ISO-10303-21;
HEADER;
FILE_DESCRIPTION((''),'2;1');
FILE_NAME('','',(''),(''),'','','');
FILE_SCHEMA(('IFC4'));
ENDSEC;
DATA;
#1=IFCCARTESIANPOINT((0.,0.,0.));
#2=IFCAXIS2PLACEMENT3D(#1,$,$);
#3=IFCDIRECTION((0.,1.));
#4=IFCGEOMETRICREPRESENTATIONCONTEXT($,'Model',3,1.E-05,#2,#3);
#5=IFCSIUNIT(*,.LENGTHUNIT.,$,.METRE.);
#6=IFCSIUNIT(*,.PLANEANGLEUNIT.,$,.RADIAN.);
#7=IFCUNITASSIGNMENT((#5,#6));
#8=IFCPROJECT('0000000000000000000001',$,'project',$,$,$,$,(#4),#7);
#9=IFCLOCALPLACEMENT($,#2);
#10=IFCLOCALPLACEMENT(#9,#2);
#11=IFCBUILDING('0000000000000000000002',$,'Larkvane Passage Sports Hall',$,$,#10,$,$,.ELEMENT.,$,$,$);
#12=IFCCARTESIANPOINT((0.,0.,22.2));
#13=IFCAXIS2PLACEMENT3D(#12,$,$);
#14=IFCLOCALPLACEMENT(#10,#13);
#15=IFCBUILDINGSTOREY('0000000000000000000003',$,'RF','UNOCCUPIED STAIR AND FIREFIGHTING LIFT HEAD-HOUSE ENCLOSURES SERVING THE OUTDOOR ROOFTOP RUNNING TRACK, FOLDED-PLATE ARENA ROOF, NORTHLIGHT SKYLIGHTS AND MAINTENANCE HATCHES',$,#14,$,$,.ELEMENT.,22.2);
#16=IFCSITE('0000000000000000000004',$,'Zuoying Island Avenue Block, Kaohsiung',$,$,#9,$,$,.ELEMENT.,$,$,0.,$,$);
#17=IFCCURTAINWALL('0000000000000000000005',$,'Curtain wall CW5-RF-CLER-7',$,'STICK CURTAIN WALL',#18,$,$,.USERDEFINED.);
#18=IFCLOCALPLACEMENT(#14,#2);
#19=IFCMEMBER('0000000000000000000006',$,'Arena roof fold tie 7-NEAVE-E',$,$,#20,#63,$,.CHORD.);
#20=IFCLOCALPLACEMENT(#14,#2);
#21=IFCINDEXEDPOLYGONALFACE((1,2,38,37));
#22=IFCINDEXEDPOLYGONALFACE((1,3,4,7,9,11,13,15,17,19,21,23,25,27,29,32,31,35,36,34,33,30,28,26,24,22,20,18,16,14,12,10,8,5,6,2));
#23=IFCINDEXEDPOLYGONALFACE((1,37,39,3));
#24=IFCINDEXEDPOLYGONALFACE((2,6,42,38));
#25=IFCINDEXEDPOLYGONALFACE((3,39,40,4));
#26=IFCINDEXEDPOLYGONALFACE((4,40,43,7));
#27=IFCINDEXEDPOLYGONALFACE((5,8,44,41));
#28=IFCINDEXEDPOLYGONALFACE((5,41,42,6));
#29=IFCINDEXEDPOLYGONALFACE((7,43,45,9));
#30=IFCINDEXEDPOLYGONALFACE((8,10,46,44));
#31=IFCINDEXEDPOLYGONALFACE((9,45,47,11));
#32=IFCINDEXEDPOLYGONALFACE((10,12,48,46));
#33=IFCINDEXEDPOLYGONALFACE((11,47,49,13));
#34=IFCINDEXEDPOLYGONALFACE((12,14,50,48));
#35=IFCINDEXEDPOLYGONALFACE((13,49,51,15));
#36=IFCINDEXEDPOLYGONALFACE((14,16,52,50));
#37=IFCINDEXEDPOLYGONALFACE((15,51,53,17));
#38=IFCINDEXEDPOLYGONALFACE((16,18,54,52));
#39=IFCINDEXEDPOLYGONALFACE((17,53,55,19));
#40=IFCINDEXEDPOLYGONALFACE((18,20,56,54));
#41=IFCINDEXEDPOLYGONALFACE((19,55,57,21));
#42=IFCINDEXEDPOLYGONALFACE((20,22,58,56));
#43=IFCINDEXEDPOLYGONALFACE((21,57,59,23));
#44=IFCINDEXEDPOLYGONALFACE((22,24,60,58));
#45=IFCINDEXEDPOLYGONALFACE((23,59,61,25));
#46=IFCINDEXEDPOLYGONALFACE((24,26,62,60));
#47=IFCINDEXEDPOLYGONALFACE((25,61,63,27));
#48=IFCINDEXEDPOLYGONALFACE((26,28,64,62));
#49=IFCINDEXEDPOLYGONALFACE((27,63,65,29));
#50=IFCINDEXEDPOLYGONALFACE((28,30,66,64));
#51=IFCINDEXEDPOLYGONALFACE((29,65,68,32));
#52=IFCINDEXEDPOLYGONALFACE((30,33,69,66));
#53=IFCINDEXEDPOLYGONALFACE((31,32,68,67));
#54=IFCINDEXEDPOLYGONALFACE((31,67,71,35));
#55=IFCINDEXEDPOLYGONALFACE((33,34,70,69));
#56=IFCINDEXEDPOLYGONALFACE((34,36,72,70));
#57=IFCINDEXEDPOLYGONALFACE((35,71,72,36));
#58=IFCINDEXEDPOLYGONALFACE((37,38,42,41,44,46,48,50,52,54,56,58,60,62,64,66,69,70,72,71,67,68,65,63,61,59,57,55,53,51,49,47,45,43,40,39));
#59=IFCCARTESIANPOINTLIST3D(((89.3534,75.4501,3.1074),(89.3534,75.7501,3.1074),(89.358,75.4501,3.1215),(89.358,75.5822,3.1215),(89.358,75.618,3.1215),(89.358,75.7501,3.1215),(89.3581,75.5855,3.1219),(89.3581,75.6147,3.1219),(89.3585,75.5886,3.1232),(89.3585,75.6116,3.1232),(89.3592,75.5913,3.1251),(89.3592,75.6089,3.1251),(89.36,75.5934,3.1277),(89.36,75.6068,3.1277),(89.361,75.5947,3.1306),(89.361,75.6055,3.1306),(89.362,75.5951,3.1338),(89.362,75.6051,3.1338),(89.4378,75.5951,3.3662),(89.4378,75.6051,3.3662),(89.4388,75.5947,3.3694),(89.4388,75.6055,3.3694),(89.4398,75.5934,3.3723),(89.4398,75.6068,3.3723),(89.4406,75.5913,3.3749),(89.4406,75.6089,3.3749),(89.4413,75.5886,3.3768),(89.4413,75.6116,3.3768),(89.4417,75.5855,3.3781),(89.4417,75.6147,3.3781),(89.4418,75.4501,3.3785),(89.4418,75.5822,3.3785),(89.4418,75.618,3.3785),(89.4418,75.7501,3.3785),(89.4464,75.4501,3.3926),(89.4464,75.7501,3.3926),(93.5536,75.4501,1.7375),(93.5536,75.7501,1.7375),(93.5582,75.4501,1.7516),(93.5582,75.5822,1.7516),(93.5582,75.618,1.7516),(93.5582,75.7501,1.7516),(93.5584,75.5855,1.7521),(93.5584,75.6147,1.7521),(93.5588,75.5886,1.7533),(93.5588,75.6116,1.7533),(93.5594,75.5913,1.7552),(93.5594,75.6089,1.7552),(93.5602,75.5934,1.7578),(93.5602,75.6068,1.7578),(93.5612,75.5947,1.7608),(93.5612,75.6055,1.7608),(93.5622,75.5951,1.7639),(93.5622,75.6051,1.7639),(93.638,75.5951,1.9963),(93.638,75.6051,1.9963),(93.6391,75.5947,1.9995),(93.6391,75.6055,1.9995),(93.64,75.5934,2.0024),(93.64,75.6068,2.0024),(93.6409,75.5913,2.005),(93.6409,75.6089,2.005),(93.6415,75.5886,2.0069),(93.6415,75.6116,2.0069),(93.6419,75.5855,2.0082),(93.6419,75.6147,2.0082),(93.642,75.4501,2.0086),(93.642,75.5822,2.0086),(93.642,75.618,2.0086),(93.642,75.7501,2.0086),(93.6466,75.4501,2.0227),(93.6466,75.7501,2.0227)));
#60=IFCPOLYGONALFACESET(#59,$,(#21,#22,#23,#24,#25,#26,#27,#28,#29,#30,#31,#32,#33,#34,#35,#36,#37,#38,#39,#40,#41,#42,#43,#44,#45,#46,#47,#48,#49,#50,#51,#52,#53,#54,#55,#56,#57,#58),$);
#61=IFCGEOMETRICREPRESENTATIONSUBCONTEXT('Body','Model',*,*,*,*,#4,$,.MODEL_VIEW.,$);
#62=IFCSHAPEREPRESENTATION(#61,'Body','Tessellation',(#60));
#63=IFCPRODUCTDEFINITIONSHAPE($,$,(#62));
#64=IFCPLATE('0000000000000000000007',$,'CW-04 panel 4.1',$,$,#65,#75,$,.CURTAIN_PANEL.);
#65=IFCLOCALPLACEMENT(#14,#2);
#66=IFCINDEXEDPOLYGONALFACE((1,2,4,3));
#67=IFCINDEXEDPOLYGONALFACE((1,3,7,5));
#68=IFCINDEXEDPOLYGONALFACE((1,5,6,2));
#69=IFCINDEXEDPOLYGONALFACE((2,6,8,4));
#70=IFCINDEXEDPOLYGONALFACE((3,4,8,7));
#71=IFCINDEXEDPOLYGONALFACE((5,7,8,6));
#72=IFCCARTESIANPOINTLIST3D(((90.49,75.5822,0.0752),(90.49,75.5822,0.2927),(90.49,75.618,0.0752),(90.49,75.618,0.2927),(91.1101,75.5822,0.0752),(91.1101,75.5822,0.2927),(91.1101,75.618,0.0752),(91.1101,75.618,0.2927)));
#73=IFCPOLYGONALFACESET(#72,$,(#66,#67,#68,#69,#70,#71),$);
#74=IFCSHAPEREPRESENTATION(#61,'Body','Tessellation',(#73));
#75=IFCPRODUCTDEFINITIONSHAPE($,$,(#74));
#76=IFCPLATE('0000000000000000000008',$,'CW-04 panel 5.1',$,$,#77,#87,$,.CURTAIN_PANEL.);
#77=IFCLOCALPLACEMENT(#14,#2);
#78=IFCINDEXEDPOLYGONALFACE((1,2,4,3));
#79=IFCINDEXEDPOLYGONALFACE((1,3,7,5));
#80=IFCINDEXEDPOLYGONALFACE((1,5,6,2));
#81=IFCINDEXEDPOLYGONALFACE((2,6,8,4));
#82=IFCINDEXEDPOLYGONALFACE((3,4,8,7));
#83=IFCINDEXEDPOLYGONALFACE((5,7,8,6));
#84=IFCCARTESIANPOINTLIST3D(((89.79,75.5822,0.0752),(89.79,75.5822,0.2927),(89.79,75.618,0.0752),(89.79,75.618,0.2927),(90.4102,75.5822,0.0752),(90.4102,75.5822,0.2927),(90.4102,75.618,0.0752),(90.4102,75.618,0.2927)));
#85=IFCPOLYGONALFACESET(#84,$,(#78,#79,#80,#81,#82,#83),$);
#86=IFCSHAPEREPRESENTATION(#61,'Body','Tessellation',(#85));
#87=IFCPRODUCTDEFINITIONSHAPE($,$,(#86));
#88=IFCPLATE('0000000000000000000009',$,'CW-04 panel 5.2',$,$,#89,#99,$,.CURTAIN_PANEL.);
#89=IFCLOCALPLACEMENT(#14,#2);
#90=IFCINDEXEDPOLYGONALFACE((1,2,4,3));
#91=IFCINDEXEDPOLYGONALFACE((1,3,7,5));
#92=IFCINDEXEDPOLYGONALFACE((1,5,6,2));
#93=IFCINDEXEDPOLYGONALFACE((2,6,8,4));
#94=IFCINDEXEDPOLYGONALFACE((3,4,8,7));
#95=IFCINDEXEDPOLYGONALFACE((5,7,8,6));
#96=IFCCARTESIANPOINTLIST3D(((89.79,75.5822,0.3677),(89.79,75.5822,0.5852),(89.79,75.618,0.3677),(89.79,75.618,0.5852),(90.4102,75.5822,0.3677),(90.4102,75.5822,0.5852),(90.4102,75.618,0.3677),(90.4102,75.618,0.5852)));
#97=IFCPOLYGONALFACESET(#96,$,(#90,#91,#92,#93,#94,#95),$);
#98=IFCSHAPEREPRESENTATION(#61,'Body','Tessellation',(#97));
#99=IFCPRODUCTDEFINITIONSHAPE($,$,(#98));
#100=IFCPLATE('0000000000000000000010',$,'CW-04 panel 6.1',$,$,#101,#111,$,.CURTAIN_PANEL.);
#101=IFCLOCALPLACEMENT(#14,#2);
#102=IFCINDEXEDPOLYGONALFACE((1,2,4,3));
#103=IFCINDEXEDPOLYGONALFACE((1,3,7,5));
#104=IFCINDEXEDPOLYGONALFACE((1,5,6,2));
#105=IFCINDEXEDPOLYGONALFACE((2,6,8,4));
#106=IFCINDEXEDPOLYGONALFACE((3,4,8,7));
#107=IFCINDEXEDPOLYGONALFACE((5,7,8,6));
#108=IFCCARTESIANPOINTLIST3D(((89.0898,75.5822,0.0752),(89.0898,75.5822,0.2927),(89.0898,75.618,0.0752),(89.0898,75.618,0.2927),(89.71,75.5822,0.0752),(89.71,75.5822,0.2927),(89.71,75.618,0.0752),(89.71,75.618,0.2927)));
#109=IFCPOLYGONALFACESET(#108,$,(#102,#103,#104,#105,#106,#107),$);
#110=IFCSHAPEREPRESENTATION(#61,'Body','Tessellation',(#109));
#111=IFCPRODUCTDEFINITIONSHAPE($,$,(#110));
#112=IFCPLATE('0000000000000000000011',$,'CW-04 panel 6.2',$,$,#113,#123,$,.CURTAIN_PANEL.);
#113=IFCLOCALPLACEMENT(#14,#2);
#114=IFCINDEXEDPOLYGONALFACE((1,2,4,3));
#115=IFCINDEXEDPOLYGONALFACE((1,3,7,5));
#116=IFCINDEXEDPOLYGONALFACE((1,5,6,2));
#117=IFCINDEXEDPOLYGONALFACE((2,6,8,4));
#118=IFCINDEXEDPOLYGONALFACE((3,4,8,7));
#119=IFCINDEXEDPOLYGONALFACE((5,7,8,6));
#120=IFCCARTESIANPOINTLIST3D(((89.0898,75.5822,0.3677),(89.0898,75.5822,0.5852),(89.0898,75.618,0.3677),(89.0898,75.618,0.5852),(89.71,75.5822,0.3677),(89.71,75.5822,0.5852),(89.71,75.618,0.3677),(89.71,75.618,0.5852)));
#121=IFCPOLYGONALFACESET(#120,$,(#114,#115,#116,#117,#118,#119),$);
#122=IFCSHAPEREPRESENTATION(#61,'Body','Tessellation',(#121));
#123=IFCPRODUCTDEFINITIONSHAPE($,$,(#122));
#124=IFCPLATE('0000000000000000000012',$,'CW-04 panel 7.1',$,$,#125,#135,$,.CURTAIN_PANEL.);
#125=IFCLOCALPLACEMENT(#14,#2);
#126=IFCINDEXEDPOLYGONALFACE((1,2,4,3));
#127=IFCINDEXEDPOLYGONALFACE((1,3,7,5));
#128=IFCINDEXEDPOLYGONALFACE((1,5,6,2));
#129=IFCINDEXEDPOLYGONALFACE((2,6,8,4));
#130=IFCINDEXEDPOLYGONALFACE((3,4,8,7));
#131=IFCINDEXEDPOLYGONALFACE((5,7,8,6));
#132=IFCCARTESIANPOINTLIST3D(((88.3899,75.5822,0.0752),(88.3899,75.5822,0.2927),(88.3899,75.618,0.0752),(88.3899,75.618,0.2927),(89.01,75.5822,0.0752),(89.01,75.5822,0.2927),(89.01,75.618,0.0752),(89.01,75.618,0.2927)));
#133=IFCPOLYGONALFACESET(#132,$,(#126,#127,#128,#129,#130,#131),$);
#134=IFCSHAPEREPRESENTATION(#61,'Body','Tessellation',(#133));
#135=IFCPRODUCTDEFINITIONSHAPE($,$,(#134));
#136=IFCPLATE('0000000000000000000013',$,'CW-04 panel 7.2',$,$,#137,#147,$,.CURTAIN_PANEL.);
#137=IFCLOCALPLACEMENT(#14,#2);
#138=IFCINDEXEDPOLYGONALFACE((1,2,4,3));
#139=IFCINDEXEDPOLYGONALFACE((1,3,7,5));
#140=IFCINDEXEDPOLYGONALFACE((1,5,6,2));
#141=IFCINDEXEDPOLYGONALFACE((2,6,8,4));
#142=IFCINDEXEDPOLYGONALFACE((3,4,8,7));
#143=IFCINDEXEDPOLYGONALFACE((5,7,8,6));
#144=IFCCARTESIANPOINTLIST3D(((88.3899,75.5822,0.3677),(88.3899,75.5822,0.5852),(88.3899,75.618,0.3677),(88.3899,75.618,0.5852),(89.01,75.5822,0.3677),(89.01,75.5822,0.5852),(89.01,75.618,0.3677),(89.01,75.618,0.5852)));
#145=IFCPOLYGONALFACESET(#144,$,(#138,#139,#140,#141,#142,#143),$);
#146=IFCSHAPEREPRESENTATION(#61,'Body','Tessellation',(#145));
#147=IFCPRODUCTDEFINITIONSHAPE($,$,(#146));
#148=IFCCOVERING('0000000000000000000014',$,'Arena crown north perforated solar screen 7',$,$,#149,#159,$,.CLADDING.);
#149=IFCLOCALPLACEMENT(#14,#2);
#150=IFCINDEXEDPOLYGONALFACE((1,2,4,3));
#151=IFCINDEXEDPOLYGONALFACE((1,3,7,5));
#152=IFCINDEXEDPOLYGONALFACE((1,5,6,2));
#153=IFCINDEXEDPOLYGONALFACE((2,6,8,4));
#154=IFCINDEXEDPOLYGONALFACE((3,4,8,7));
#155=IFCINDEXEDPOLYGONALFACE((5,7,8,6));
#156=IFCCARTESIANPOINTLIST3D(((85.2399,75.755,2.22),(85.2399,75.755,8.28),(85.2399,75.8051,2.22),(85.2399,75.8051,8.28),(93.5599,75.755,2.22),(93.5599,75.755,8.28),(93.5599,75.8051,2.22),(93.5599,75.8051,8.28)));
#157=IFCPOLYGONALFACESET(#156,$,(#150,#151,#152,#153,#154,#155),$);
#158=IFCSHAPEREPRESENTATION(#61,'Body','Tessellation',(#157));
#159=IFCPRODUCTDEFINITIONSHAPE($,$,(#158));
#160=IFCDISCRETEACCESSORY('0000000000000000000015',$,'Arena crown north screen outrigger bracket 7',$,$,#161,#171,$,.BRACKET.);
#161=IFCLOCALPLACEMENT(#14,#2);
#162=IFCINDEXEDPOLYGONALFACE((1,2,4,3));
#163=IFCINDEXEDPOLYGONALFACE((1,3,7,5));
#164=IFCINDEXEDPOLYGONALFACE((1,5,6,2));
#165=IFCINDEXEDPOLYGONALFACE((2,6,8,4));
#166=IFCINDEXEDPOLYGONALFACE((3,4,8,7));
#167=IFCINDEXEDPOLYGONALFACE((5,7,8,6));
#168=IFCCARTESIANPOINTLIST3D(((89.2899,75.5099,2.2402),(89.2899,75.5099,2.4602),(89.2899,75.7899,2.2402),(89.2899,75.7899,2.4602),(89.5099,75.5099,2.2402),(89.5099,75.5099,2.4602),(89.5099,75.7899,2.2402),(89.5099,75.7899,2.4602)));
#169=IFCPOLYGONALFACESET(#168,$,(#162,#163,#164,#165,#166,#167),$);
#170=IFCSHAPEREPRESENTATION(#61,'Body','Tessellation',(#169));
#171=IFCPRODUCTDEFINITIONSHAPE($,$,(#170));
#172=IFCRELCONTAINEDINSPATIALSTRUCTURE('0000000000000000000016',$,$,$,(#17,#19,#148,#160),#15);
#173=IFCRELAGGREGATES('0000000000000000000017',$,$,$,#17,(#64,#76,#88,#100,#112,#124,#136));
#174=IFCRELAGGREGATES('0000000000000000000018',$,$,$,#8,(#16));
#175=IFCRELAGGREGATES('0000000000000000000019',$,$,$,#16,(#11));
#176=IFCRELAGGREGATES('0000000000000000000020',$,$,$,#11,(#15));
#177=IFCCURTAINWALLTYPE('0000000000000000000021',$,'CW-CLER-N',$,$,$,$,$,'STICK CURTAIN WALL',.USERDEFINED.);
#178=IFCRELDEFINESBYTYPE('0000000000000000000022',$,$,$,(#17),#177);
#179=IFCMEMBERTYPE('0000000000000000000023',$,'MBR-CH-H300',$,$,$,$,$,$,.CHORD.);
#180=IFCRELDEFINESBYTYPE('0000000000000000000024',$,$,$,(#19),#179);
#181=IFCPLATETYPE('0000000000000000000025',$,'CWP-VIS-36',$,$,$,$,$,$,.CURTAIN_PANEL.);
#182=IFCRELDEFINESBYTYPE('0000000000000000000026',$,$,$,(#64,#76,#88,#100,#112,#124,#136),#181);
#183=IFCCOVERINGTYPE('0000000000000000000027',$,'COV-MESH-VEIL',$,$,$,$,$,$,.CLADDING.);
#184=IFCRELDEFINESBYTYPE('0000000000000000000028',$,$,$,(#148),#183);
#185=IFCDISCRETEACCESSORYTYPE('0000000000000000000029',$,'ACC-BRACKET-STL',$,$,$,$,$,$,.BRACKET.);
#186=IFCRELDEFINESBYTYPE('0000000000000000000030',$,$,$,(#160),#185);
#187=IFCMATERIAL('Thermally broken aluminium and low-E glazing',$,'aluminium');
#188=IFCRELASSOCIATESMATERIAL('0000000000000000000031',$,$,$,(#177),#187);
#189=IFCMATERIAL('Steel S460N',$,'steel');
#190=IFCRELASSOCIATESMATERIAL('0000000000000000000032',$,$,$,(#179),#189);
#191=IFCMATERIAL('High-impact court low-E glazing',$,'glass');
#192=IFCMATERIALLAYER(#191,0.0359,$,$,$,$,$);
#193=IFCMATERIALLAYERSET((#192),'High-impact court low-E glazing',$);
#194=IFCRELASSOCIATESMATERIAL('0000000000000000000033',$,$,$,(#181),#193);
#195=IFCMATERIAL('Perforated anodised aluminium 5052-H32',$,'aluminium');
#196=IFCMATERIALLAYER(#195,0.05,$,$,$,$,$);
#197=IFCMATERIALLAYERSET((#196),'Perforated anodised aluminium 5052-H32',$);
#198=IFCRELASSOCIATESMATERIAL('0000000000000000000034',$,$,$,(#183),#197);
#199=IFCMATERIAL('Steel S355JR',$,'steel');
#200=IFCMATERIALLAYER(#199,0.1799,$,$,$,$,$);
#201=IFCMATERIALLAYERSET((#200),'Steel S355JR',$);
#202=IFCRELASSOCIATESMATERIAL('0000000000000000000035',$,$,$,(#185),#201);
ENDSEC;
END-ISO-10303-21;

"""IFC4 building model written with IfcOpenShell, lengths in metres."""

from ifc_helpers import new_model, si_unit, direction, frame, origin, origin_2d, place, context, subcontext, project, spatial, rectangle, i_section, extrude, material, layer, layer_set, material_profile, profile_set, type_object, element, aggregate, save


model = new_model("IFC4")

# Units and contexts
model_context = context("Model", 3, precision=1e-05, world=origin(), true_north=direction((0.0, 1.0)))
body_context = subcontext(model_context, "Body", "Model", "MODEL_VIEW")
ifc_project = project(units=[si_unit("LENGTHUNIT", "METRE"), si_unit("PLANEANGLEUNIT", "RADIAN")], contexts=[model_context])

# Site, building, storey
site_placement = place(None, origin())
site = spatial("IfcSite", under=ifc_project, at=site_placement, Name="Zuoying Island Avenue Block, Kaohsiung", CompositionType="ELEMENT", RefElevation=0.0)
building_placement = place(site_placement, origin())
building = spatial("IfcBuilding", under=site, at=building_placement, Name="Larkvane Passage Sports Hall", CompositionType="ELEMENT")
storey_placement = place(building_placement, frame((0.0, 0.0, 22.2)))
storey = spatial("IfcBuildingStorey", under=building, at=storey_placement, Name="RF", Description="UNOCCUPIED STAIR AND FIREFIGHTING LIFT HEAD-HOUSE ENCLOSURES SERVING THE OUTDOOR ROOFTOP RUNNING TRACK, FOLDED-PLATE ARENA ROOF, NORTHLIGHT SKYLIGHTS AND MAINTENANCE HATCHES", CompositionType="ELEMENT", Elevation=22.2)

# Curtain wall
ifc_material_1 = material(Name="Thermally broken aluminium and low-E glazing", Category="aluminium")
curtain_wall_type = type_object("IfcCurtainWallType", Name="CW-CLER-N", ElementType="STICK CURTAIN WALL", PredefinedType="USERDEFINED", material=ifc_material_1)
curtain_wall_placement = place(storey_placement, origin())
curtain_wall = element("IfcCurtainWall", 1, at=curtain_wall_placement, inside=storey, type_object=curtain_wall_type, Name="Curtain wall CW5-RF-CLER-7", ObjectType="STICK CURTAIN WALL", PredefinedType="USERDEFINED")

# Member
ifc_material_2 = material(Name="Steel S460N", Category="steel")
ifc_material_profile_1 = material_profile(ifc_material_2, i_section(OverallWidth=0.3, OverallDepth=0.3, WebThickness=0.01, FlangeThickness=0.0149, FilletRadius=0.0129, at=origin_2d()), Name="H-300x300x10x15")
ifc_profile_set_1 = profile_set([ifc_material_profile_1], Name="Steel S460N")
member_type_1 = type_object("IfcMemberType", Name="MBR-CH-H300", PredefinedType="CHORD", material=ifc_profile_set_1)
member_1_placement = place(storey_placement, frame((89.3999, 75.6001, 3.25), z_axis=(0.950714, 0.0, -0.310071), x_axis=(0.0, 1.0, 0.0)))
element("IfcMember", 2, at=member_1_placement, inside=storey, type_object=member_type_1, Name="Arena roof fold tie 7-NEAVE-E", PredefinedType="CHORD", context=body_context, shape_type="SweptSolid", body=[
    extrude(i_section(OverallWidth=0.3, OverallDepth=0.3, WebThickness=0.01, FlangeThickness=0.0149, FilletRadius=0.0129, at=origin_2d()), origin(), (0.0, 0.0, 1.0), 4.418),
])

# Plates
ifc_material_3 = material(Name="High-impact court low-E glazing", Category="glass")
ifc_layer_1 = layer(ifc_material_3, 0.0359)
ifc_layer_set_1 = layer_set([ifc_layer_1], Name="High-impact court low-E glazing")
plate_type = type_object("IfcPlateType", Name="CWP-VIS-36", PredefinedType="CURTAIN_PANEL", material=ifc_layer_set_1)
plate_1_placement = place(storey_placement, frame((90.8, 75.6001, 0.0752), z_axis=(0.0, 0.0, 1.0), x_axis=(-1.0, 0.0, 0.0)))
plate_1 = element("IfcPlate", 3, at=plate_1_placement, type_object=plate_type, Name="CW-04 panel 4.1", PredefinedType="CURTAIN_PANEL", context=body_context, shape_type="SweptSolid", body=[
    extrude(rectangle(XDim=0.6201, YDim=0.0359, at=origin_2d()), origin(), (0.0, 0.0, 1.0), 0.2175),
])
plate_2_placement = place(storey_placement, frame((90.1001, 75.6001, 0.0752), z_axis=(0.0, 0.0, 1.0), x_axis=(-1.0, 0.0, 0.0)))
plate_2 = element("IfcPlate", 4, at=plate_2_placement, type_object=plate_type, Name="CW-04 panel 5.1", PredefinedType="CURTAIN_PANEL", context=body_context, shape_type="SweptSolid", body=[
    extrude(rectangle(XDim=0.6201, YDim=0.0359, at=origin_2d()), origin(), (0.0, 0.0, 1.0), 0.2175),
])
plate_3_placement = place(storey_placement, frame((90.1001, 75.6001, 0.3677), z_axis=(0.0, 0.0, 1.0), x_axis=(-1.0, 0.0, 0.0)))
plate_3 = element("IfcPlate", 5, at=plate_3_placement, type_object=plate_type, Name="CW-04 panel 5.2", PredefinedType="CURTAIN_PANEL", context=body_context, shape_type="SweptSolid", body=[
    extrude(rectangle(XDim=0.6201, YDim=0.0359, at=origin_2d()), origin(), (0.0, 0.0, 1.0), 0.2175),
])
plate_4_placement = place(storey_placement, frame((89.3999, 75.6001, 0.0752), z_axis=(0.0, 0.0, 1.0), x_axis=(-1.0, 0.0, 0.0)))
plate_4 = element("IfcPlate", 6, at=plate_4_placement, type_object=plate_type, Name="CW-04 panel 6.1", PredefinedType="CURTAIN_PANEL", context=body_context, shape_type="SweptSolid", body=[
    extrude(rectangle(XDim=0.6201, YDim=0.0359, at=origin_2d()), origin(), (0.0, 0.0, 1.0), 0.2175),
])
plate_5_placement = place(storey_placement, frame((89.3999, 75.6001, 0.3677), z_axis=(0.0, 0.0, 1.0), x_axis=(-1.0, 0.0, 0.0)))
plate_5 = element("IfcPlate", 7, at=plate_5_placement, type_object=plate_type, Name="CW-04 panel 6.2", PredefinedType="CURTAIN_PANEL", context=body_context, shape_type="SweptSolid", body=[
    extrude(rectangle(XDim=0.6201, YDim=0.0359, at=origin_2d()), origin(), (0.0, 0.0, 1.0), 0.2175),
])
plate_6_placement = place(storey_placement, frame((88.7, 75.6001, 0.0752), z_axis=(0.0, 0.0, 1.0), x_axis=(-1.0, 0.0, 0.0)))
plate_6 = element("IfcPlate", 8, at=plate_6_placement, type_object=plate_type, Name="CW-04 panel 7.1", PredefinedType="CURTAIN_PANEL", context=body_context, shape_type="SweptSolid", body=[
    extrude(rectangle(XDim=0.6201, YDim=0.0359, at=origin_2d()), origin(), (0.0, 0.0, 1.0), 0.2175),
])
plate_7_placement = place(storey_placement, frame((88.7, 75.6001, 0.3677), z_axis=(0.0, 0.0, 1.0), x_axis=(-1.0, 0.0, 0.0)))
plate_7 = element("IfcPlate", 9, at=plate_7_placement, type_object=plate_type, Name="CW-04 panel 7.2", PredefinedType="CURTAIN_PANEL", context=body_context, shape_type="SweptSolid", body=[
    extrude(rectangle(XDim=0.6201, YDim=0.0359, at=origin_2d()), origin(), (0.0, 0.0, 1.0), 0.2175),
])
aggregate(curtain_wall, [plate_1, plate_2, plate_3, plate_4, plate_5, plate_6, plate_7])

# Covering
ifc_material_4 = material(Name="Perforated anodised aluminium 5052-H32", Category="aluminium")
ifc_layer_2 = layer(ifc_material_4, 0.05)
ifc_layer_set_2 = layer_set([ifc_layer_2], Name="Perforated anodised aluminium 5052-H32")
covering_type = type_object("IfcCoveringType", Name="COV-MESH-VEIL", PredefinedType="CLADDING", material=ifc_layer_set_2)
covering_placement = place(storey_placement, frame((89.3999, 75.78, 2.22), z_axis=(0.0, 0.0, 1.0), x_axis=(1.0, 0.0, 0.0)))
element("IfcCovering", 10, at=covering_placement, inside=storey, type_object=covering_type, Name="Arena crown north perforated solar screen 7", PredefinedType="CLADDING", context=body_context, shape_type="SweptSolid", body=[
    extrude(rectangle(XDim=8.3201, YDim=0.05, at=origin_2d()), origin(), (0.0, 0.0, 1.0), 6.0601),
])

# Discrete accessory
ifc_material_5 = material(Name="Steel S355JR", Category="steel")
ifc_layer_3 = layer(ifc_material_5, 0.1799)
ifc_layer_set_3 = layer_set([ifc_layer_3], Name="Steel S355JR")
discrete_accessory_type = type_object("IfcDiscreteAccessoryType", Name="ACC-BRACKET-STL", PredefinedType="BRACKET", material=ifc_layer_set_3)
discrete_accessory_placement = place(storey_placement, frame((89.3999, 75.6499, 2.2402), z_axis=(0.0, 0.0, 1.0), x_axis=(1.0, 0.0, 0.0)))
element("IfcDiscreteAccessory", 11, at=discrete_accessory_placement, inside=storey, type_object=discrete_accessory_type, Name="Arena crown north screen outrigger bracket 7", PredefinedType="BRACKET", context=body_context, shape_type="SweptSolid", body=[
    extrude(rectangle(XDim=0.22, YDim=0.28, at=origin_2d()), origin(), (0.0, 0.0, 1.0), 0.22),
])

save(model, "model.ifc")
